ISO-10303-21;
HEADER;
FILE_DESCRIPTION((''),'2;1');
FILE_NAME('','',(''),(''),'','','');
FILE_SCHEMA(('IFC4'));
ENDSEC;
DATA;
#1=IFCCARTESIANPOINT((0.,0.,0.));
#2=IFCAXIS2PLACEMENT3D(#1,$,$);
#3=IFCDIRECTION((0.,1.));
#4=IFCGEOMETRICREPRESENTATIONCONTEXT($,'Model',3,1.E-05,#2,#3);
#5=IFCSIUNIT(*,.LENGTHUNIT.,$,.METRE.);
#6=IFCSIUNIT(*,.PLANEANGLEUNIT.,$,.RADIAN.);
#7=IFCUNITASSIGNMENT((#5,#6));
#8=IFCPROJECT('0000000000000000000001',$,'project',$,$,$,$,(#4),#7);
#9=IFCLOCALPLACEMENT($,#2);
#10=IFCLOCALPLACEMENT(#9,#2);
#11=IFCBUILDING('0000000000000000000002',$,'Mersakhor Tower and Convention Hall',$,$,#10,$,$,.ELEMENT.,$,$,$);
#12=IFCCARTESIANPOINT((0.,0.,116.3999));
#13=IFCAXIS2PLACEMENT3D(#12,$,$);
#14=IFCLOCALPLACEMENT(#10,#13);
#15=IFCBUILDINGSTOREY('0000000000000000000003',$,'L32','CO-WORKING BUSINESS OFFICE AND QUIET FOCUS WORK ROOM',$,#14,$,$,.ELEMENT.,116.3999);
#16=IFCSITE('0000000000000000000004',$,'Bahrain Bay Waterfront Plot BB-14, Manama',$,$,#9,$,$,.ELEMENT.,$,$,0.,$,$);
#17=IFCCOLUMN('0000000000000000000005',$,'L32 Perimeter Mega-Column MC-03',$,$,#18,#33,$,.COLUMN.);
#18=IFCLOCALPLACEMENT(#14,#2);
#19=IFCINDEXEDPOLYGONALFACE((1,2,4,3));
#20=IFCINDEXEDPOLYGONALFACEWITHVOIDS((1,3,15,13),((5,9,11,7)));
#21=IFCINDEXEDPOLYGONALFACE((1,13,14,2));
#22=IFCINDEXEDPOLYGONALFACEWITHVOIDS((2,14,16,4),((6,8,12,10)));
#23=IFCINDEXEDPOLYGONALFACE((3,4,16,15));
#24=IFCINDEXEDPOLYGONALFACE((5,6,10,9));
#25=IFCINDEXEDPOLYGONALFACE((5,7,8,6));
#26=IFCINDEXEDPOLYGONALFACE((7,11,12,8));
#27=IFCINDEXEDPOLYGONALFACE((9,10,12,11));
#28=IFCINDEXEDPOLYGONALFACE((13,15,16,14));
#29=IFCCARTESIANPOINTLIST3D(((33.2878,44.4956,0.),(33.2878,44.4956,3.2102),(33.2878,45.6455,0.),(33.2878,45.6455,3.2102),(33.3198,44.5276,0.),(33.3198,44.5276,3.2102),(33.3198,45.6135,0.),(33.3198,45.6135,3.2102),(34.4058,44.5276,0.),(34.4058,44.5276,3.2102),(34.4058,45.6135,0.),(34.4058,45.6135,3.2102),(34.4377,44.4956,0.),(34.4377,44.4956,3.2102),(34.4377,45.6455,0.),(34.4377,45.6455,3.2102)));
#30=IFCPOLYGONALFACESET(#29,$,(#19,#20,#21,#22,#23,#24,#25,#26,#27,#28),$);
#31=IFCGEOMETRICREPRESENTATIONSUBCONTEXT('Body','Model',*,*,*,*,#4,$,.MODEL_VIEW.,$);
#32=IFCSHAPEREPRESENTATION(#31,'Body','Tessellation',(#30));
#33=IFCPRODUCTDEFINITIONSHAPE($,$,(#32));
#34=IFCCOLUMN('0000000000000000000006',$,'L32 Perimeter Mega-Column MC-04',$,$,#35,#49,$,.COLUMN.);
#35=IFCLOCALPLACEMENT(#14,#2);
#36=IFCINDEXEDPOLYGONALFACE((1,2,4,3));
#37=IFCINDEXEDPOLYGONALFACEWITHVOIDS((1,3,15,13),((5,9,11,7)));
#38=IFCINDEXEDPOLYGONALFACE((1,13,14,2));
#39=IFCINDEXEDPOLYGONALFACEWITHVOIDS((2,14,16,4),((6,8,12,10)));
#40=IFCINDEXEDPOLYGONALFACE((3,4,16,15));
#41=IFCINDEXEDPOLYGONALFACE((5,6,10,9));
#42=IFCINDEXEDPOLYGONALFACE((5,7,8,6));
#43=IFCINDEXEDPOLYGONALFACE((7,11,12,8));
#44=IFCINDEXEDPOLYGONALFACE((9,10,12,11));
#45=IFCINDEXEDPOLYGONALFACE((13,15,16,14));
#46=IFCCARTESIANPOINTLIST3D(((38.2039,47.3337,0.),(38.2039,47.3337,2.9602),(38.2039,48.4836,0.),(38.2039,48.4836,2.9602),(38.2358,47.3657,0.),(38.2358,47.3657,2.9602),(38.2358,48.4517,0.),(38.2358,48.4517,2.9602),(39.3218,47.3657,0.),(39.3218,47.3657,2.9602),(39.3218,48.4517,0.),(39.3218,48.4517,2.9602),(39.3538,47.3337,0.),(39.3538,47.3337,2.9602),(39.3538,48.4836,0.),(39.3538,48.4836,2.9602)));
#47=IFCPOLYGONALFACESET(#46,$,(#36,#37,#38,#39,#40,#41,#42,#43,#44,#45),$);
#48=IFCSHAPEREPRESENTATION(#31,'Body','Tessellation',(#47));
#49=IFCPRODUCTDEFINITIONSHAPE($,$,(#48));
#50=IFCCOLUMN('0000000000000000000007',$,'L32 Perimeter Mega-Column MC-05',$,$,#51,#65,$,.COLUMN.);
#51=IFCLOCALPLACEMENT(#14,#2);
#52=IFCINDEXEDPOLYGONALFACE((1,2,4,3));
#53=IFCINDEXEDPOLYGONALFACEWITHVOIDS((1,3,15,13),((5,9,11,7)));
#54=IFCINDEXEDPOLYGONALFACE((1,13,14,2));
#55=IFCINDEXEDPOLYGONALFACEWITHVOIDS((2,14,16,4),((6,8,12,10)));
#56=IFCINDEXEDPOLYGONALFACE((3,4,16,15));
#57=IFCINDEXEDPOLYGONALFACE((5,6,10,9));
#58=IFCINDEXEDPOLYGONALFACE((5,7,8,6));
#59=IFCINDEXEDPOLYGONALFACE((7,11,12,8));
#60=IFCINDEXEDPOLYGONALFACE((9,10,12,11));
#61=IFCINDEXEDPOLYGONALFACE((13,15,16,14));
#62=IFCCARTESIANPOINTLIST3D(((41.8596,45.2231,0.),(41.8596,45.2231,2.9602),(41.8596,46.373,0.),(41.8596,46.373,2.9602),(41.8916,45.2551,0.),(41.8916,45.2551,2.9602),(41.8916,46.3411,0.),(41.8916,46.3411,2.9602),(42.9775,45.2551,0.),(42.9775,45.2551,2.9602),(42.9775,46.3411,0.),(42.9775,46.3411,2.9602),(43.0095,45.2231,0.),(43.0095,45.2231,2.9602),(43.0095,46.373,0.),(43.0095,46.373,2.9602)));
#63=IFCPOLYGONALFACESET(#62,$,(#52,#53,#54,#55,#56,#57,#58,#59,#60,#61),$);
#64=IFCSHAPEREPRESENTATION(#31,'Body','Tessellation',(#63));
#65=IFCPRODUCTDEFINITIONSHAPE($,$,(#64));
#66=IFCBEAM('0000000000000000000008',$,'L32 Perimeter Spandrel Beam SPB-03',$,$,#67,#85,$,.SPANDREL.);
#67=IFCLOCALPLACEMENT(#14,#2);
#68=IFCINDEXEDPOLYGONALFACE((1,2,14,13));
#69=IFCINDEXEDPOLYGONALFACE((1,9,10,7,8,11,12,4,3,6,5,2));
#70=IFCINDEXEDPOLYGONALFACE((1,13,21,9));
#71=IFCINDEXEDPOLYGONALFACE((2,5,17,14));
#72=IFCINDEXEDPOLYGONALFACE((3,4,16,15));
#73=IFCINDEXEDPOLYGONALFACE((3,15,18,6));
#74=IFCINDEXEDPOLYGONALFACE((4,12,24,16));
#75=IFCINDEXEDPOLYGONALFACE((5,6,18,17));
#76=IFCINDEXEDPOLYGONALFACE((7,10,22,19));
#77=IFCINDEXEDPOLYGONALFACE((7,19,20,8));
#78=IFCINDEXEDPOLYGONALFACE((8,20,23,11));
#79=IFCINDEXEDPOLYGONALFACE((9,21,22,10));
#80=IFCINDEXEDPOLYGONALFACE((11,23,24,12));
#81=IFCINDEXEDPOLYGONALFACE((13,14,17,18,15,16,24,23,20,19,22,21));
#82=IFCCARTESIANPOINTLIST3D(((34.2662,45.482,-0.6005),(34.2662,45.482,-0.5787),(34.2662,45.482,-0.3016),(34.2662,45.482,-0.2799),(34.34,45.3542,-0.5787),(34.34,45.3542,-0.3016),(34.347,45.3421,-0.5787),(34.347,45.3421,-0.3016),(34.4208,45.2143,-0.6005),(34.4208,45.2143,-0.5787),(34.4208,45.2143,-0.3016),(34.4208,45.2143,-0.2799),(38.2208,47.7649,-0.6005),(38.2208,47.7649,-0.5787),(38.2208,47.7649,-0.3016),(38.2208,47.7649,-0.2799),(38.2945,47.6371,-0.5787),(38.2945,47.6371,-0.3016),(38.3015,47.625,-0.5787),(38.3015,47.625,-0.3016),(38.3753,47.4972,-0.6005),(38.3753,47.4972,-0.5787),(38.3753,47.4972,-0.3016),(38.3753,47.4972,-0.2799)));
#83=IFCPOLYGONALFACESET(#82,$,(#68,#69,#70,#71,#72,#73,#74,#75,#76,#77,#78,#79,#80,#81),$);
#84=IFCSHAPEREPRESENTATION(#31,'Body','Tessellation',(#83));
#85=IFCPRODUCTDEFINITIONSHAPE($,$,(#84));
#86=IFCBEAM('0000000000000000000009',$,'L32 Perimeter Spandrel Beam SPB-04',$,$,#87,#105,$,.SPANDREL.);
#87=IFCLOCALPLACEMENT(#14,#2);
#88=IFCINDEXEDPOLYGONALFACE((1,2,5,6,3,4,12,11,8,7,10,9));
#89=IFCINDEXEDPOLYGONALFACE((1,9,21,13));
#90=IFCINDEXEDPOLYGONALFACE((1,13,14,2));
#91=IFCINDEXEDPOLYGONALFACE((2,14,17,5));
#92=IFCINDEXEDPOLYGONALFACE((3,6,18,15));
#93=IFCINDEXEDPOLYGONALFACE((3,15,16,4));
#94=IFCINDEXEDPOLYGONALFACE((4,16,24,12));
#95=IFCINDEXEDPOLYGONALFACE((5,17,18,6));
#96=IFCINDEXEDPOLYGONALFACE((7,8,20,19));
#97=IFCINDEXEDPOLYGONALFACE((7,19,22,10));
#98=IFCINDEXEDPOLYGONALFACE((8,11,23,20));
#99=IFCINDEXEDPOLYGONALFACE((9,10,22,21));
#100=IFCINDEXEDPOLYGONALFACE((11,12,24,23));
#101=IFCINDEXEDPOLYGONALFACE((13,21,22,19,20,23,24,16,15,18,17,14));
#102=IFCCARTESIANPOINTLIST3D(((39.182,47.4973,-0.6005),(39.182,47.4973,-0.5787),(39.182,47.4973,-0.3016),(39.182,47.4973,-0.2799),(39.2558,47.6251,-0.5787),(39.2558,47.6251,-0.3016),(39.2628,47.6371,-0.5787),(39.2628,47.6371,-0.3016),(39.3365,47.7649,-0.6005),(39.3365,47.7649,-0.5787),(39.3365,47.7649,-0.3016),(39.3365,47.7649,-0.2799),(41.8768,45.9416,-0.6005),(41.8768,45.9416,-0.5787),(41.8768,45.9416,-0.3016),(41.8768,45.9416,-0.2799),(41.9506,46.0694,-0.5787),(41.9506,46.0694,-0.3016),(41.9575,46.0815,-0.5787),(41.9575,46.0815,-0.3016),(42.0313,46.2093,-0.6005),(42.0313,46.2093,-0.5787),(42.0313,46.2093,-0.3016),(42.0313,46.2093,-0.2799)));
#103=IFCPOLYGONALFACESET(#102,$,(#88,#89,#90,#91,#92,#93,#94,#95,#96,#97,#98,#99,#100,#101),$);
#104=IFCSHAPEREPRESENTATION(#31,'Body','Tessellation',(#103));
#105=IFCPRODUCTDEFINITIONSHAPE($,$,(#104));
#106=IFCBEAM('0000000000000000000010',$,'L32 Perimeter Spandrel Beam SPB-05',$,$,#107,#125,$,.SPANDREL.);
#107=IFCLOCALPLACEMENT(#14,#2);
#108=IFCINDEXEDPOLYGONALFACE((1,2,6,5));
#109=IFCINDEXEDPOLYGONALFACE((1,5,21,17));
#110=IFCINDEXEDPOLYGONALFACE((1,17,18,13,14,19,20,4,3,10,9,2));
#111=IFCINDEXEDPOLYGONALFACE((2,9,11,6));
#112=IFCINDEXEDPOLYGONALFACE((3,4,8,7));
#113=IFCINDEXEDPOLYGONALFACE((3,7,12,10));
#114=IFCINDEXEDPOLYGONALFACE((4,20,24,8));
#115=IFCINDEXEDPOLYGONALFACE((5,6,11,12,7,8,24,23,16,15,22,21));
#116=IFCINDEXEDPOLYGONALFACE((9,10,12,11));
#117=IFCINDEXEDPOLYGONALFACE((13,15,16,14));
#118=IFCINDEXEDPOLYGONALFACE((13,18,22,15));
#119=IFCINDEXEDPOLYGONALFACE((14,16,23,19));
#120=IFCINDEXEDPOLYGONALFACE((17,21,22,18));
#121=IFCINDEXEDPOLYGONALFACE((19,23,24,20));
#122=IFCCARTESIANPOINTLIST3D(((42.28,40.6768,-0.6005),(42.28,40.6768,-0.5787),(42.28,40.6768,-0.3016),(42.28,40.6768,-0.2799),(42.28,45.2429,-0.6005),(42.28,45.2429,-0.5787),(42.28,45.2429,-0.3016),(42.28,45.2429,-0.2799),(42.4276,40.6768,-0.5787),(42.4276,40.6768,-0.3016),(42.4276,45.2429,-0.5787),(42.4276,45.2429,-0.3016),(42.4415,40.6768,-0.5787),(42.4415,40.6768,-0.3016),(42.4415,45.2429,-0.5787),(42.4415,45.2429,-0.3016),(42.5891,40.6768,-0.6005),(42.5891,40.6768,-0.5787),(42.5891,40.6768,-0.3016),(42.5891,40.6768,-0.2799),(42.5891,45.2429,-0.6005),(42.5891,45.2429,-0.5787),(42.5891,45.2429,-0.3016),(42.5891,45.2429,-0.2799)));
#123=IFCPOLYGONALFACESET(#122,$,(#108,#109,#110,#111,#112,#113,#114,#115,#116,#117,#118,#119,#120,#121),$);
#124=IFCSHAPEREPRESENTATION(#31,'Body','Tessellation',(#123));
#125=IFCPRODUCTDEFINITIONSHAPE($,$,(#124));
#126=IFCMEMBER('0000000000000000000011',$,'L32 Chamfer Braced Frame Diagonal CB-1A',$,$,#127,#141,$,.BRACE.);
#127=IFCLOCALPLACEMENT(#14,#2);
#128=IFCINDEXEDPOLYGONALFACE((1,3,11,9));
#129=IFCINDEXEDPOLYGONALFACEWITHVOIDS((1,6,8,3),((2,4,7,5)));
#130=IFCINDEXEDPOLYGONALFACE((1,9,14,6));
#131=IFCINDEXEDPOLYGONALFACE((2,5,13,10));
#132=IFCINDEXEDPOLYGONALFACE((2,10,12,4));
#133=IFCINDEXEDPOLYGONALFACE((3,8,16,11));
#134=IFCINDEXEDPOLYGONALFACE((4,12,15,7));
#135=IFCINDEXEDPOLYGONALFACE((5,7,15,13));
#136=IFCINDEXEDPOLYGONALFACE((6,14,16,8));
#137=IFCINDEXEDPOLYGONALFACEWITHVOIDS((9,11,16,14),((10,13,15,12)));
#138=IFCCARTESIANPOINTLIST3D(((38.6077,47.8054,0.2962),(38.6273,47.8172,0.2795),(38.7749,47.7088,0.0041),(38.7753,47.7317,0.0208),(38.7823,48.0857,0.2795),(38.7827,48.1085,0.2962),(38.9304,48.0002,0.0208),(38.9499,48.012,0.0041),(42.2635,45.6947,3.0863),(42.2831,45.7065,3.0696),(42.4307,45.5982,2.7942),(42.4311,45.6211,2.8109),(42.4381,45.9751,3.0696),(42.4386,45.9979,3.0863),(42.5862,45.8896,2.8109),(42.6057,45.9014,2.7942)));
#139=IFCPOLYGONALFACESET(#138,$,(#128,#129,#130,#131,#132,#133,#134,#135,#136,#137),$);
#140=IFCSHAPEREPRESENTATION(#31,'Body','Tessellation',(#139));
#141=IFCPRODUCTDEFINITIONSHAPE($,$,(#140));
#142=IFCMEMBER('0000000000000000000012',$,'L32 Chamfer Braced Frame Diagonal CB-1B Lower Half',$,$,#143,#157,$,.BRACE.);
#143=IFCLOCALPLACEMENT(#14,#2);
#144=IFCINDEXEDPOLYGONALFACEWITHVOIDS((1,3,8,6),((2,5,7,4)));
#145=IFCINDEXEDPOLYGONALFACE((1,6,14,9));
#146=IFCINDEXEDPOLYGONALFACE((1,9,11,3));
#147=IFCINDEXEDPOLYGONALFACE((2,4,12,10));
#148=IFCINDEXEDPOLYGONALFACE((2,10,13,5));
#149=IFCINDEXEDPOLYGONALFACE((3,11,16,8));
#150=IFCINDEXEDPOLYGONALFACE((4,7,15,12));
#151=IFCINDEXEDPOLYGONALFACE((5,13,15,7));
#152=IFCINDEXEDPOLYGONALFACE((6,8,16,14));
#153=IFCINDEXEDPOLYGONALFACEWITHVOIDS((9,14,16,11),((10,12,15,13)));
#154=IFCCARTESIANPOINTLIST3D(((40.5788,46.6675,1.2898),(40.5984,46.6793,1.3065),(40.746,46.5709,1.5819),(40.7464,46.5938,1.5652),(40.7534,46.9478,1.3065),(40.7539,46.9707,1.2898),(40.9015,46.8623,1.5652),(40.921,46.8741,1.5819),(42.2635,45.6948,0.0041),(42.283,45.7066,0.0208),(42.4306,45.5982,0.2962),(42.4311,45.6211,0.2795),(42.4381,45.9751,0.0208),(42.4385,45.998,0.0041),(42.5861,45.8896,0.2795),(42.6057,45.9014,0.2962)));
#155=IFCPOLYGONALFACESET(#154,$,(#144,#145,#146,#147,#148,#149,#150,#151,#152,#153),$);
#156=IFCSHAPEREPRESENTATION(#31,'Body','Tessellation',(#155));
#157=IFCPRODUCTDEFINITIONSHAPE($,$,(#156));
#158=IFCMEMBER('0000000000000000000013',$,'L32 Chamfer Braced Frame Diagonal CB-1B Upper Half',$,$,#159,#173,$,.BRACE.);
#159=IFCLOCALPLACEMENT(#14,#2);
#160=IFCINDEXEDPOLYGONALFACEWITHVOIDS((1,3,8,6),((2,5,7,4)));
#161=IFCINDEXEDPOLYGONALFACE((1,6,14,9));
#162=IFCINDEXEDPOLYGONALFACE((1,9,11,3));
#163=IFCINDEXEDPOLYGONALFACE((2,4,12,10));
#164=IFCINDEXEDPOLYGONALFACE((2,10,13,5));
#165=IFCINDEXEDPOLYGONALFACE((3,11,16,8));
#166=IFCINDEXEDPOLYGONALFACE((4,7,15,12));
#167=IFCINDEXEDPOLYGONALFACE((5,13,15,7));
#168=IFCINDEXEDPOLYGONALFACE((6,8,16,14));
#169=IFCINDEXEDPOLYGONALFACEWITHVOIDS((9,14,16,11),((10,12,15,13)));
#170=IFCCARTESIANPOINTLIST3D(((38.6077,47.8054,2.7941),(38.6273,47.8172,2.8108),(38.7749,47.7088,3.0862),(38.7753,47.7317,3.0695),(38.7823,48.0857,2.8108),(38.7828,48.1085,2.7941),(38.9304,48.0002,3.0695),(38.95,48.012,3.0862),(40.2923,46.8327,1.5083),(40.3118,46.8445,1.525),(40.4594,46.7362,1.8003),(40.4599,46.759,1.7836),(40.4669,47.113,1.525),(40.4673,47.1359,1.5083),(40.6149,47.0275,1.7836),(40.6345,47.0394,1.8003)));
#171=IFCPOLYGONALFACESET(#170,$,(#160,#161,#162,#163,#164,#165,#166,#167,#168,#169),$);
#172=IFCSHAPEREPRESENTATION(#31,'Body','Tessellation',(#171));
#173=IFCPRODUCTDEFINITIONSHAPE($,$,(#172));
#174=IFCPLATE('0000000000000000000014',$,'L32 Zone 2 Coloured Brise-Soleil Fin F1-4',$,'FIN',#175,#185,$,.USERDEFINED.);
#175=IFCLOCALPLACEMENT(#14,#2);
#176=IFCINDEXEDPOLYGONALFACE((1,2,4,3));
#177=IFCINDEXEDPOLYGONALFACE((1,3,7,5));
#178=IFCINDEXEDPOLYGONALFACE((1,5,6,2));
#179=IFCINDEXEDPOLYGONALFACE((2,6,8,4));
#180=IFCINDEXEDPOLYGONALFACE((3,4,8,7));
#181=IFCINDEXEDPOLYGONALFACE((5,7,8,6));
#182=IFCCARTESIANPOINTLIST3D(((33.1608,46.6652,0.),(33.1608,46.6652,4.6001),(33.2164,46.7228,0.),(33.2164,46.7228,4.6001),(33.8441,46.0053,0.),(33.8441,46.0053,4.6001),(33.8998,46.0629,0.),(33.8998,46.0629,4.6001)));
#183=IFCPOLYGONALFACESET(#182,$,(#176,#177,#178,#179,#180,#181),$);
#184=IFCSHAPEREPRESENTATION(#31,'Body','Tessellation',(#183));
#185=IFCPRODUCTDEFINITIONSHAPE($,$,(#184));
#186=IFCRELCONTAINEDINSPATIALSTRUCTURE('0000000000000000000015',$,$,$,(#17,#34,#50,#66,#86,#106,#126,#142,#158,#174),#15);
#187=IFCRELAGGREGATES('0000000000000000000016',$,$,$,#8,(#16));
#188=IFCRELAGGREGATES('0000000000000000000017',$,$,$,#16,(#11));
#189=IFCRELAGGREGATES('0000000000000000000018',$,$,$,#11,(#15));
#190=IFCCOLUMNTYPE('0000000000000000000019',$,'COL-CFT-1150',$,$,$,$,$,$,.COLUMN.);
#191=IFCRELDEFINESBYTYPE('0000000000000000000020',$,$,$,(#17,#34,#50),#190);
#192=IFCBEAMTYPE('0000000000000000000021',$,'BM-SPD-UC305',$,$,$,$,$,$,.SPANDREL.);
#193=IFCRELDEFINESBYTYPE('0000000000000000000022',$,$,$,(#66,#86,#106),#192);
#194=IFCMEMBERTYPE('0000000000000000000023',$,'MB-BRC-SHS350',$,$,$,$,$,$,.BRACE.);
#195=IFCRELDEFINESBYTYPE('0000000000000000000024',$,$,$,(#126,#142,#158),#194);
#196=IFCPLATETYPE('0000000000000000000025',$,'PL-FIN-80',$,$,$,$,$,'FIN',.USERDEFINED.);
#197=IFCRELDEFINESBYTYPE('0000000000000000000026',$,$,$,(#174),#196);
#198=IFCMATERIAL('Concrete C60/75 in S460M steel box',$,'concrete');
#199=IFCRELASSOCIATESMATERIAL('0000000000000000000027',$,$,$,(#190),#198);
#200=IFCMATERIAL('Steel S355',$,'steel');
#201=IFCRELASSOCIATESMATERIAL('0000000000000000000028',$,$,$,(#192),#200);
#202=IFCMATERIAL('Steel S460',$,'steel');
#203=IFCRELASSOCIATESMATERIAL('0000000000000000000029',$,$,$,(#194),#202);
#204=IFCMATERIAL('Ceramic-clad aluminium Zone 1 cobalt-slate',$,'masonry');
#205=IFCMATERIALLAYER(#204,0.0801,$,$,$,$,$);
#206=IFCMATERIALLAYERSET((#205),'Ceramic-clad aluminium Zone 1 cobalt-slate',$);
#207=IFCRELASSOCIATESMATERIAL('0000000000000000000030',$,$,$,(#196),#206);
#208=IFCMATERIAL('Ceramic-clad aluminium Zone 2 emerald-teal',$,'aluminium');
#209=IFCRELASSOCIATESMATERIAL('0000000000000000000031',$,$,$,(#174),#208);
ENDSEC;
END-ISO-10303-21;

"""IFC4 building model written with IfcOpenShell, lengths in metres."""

from ifc_helpers import new_model, si_unit, direction, frame, origin, origin_2d, place, context, subcontext, project, spatial, rectangle, hollow_rectangle, i_section, extrude, material, layer, layer_set, material_profile, profile_set, type_object, element, save


model = new_model("IFC4")

# Units and contexts
model_context = context("Model", 3, precision=1e-05, world=origin(), true_north=direction((0.0, 1.0)))
body_context = subcontext(model_context, "Body", "Model", "MODEL_VIEW")
ifc_project = project(units=[si_unit("LENGTHUNIT", "METRE"), si_unit("PLANEANGLEUNIT", "RADIAN")], contexts=[model_context])

# Site, building, storey
site_placement = place(None, origin())
site = spatial("IfcSite", under=ifc_project, at=site_placement, Name="Bahrain Bay Waterfront Plot BB-14, Manama", CompositionType="ELEMENT", RefElevation=0.0)
building_placement = place(site_placement, origin())
building = spatial("IfcBuilding", under=site, at=building_placement, Name="Mersakhor Tower and Convention Hall", CompositionType="ELEMENT")
storey_placement = place(building_placement, frame((0.0, 0.0, 116.3999)))
storey = spatial("IfcBuildingStorey", under=building, at=storey_placement, Name="L32", Description="CO-WORKING BUSINESS OFFICE AND QUIET FOCUS WORK ROOM", CompositionType="ELEMENT", Elevation=116.3999)

# Columns
ifc_material_1 = material(Name="Concrete C60/75 in S460M steel box", Category="concrete")
ifc_material_profile_1 = material_profile(ifc_material_1, hollow_rectangle(XDim=1.1499, YDim=1.1499, WallThickness=0.032, at=origin_2d()), Name="SHS 1150x1150x32")
ifc_profile_set_1 = profile_set([ifc_material_profile_1], Name="Concrete C60/75 in S460M steel box")
column_type = type_object("IfcColumnType", Name="COL-CFT-1150", PredefinedType="COLUMN", material=ifc_profile_set_1)
column_placement = place(storey_placement, frame((33.8628, 45.0706, 0.0), z_axis=(0.0, 0.0, 1.0), x_axis=(1.0, 0.0, 0.0)))
element("IfcColumn", 1, at=column_placement, inside=storey, type_object=column_type, Name="L32 Perimeter Mega-Column MC-03", PredefinedType="COLUMN", context=body_context, shape_type="SweptSolid", body=[
    extrude(hollow_rectangle(XDim=1.1499, YDim=1.1499, WallThickness=0.032, at=origin_2d()), origin(), (0.0, 0.0, 1.0), 3.2102),
])
for number, where, z_axis, x_axis, name in (
    (2, (38.7788, 47.9087, 0.0), (0.0, 0.0, 1.0), (1.0, 0.0, 0.0), "L32 Perimeter Mega-Column MC-04"),
    (3, (42.4346, 45.7981, 0.0), (0.0, 0.0, 1.0), (1.0, 0.0, 0.0), "L32 Perimeter Mega-Column MC-05"),
):
    element("IfcColumn", number, at=place(storey_placement, frame(where, z_axis=z_axis, x_axis=x_axis)), inside=storey, type_object=column_type, Name=name, PredefinedType="COLUMN", context=body_context, shape_type="SweptSolid", body=[
        extrude(hollow_rectangle(XDim=1.1499, YDim=1.1499, WallThickness=0.032, at=origin_2d()), origin(), (0.0, 0.0, 1.0), 2.9602),
    ])

# Beams
ifc_material_2 = material(Name="Steel S355", Category="steel")
ifc_material_profile_2 = material_profile(ifc_material_2, i_section(OverallWidth=0.3091, OverallDepth=0.3206, WebThickness=0.0139, FlangeThickness=0.0217, at=origin_2d()), Name="UC 305x305x137")
ifc_profile_set_2 = profile_set([ifc_material_profile_2], Name="Steel S355")
beam_type = type_object("IfcBeamType", Name="BM-SPD-UC305", PredefinedType="SPANDREL", material=ifc_profile_set_2)
beam_1_placement = place(storey_placement, frame((34.3435, 45.3481, -0.4402), z_axis=(0.866047, 0.499963, 0.0), x_axis=(-0.499963, 0.866047, 0.0)))
element("IfcBeam", 4, at=beam_1_placement, inside=storey, type_object=beam_type, Name="L32 Perimeter Spandrel Beam SPB-03", PredefinedType="SPANDREL", context=body_context, shape_type="SweptSolid", body=[
    extrude(i_section(OverallWidth=0.3091, OverallDepth=0.3206, WebThickness=0.0139, FlangeThickness=0.0217, at=origin_2d()), origin(), (0.0, 0.0, 1.0), 4.5662),
])
beam_2_placement = place(storey_placement, frame((39.2593, 47.6311, -0.4402), z_axis=(0.866052, -0.499953, 0.0), x_axis=(0.499953, 0.866052, 0.0)))
element("IfcBeam", 5, at=beam_2_placement, inside=storey, type_object=beam_type, Name="L32 Perimeter Spandrel Beam SPB-04", PredefinedType="SPANDREL", context=body_context, shape_type="SweptSolid", body=[
    extrude(i_section(OverallWidth=0.3091, OverallDepth=0.3206, WebThickness=0.0139, FlangeThickness=0.0217, at=origin_2d()), origin(), (0.0, 0.0, 1.0), 3.1116),
])
beam_3_placement = place(storey_placement, frame((42.4346, 45.2429, -0.4402), z_axis=(0.0, -1.0, 0.0), x_axis=(1.0, 0.0, 0.0)))
element("IfcBeam", 6, at=beam_3_placement, inside=storey, type_object=beam_type, Name="L32 Perimeter Spandrel Beam SPB-05", PredefinedType="SPANDREL", context=body_context, shape_type="SweptSolid", body=[
    extrude(i_section(OverallWidth=0.3091, OverallDepth=0.3206, WebThickness=0.0139, FlangeThickness=0.0217, at=origin_2d()), origin(), (0.0, 0.0, 1.0), 4.5662),
])

# Members
ifc_material_3 = material(Name="Steel S460", Category="steel")
ifc_material_profile_3 = material_profile(ifc_material_3, hollow_rectangle(XDim=0.3501, YDim=0.3501, WallThickness=0.02, at=origin_2d()), Name="SHS 350x350x20")
ifc_profile_set_3 = profile_set([ifc_material_profile_3], Name="Steel S460")
member_type = type_object("IfcMemberType", Name="MB-BRC-SHS350", PredefinedType="BRACE", material=ifc_profile_set_3)
member_placement = place(storey_placement, frame((38.7788, 47.9087, 0.1501), z_axis=(0.722484, -0.417114, 0.551392), x_axis=(0.499989, 0.866031, 0.0)))
element("IfcMember", 7, at=member_placement, inside=storey, type_object=member_type, Name="L32 Chamfer Braced Frame Diagonal CB-1A", PredefinedType="BRACE", context=body_context, shape_type="SweptSolid", body=[
    extrude(hollow_rectangle(XDim=0.3501, YDim=0.3501, WallThickness=0.02, at=origin_2d()), origin(), (0.0, 0.0, 1.0), 5.0601),
])
for number, where, z_axis, x_axis, name in (
    (8, (42.4346, 45.7981, 0.1501), (-0.722471, 0.417149, 0.551382), (-0.500027, -0.86601, 0.0), "L32 Chamfer Braced Frame Diagonal CB-1B Lower Half"),
    (9, (40.4634, 46.936, 1.6543), (-0.72243, 0.417125, 0.551455), (-0.500027, -0.86601, 0.0), "L32 Chamfer Braced Frame Diagonal CB-1B Upper Half"),
):
    element("IfcMember", number, at=place(storey_placement, frame(where, z_axis=z_axis, x_axis=x_axis)), inside=storey, type_object=member_type, Name=name, PredefinedType="BRACE", context=body_context, shape_type="SweptSolid", body=[
        extrude(hollow_rectangle(XDim=0.3501, YDim=0.3501, WallThickness=0.02, at=origin_2d()), origin(), (0.0, 0.0, 1.0), 2.3318),
    ])

# Plate
ifc_material_4 = material(Name="Ceramic-clad aluminium Zone 2 emerald-teal", Category="aluminium")
ifc_material_5 = material(Name="Ceramic-clad aluminium Zone 1 cobalt-slate", Category="masonry")
ifc_layer_1 = layer(ifc_material_5, 0.0801)
ifc_layer_set_1 = layer_set([ifc_layer_1], Name="Ceramic-clad aluminium Zone 1 cobalt-slate")
plate_type_1 = type_object("IfcPlateType", Name="PL-FIN-80", ElementType="FIN", PredefinedType="USERDEFINED", material=ifc_layer_set_1)
plate_1_placement = place(storey_placement, frame((33.5303, 46.364, 0.0), z_axis=(0.0, 0.0, 1.0), x_axis=(-0.71934, 0.694658, 0.0)))
element("IfcPlate", 10, at=plate_1_placement, inside=storey, type_object=plate_type_1, material=ifc_material_4, Name="L32 Zone 2 Coloured Brise-Soleil Fin F1-4", ObjectType="FIN", PredefinedType="USERDEFINED", context=body_context, shape_type="SweptSolid", body=[
    extrude(rectangle(XDim=0.95, YDim=0.0801, at=origin_2d()), origin(), (0.0, 0.0, 1.0), 4.6001),
])

save(model, "model.ifc")
